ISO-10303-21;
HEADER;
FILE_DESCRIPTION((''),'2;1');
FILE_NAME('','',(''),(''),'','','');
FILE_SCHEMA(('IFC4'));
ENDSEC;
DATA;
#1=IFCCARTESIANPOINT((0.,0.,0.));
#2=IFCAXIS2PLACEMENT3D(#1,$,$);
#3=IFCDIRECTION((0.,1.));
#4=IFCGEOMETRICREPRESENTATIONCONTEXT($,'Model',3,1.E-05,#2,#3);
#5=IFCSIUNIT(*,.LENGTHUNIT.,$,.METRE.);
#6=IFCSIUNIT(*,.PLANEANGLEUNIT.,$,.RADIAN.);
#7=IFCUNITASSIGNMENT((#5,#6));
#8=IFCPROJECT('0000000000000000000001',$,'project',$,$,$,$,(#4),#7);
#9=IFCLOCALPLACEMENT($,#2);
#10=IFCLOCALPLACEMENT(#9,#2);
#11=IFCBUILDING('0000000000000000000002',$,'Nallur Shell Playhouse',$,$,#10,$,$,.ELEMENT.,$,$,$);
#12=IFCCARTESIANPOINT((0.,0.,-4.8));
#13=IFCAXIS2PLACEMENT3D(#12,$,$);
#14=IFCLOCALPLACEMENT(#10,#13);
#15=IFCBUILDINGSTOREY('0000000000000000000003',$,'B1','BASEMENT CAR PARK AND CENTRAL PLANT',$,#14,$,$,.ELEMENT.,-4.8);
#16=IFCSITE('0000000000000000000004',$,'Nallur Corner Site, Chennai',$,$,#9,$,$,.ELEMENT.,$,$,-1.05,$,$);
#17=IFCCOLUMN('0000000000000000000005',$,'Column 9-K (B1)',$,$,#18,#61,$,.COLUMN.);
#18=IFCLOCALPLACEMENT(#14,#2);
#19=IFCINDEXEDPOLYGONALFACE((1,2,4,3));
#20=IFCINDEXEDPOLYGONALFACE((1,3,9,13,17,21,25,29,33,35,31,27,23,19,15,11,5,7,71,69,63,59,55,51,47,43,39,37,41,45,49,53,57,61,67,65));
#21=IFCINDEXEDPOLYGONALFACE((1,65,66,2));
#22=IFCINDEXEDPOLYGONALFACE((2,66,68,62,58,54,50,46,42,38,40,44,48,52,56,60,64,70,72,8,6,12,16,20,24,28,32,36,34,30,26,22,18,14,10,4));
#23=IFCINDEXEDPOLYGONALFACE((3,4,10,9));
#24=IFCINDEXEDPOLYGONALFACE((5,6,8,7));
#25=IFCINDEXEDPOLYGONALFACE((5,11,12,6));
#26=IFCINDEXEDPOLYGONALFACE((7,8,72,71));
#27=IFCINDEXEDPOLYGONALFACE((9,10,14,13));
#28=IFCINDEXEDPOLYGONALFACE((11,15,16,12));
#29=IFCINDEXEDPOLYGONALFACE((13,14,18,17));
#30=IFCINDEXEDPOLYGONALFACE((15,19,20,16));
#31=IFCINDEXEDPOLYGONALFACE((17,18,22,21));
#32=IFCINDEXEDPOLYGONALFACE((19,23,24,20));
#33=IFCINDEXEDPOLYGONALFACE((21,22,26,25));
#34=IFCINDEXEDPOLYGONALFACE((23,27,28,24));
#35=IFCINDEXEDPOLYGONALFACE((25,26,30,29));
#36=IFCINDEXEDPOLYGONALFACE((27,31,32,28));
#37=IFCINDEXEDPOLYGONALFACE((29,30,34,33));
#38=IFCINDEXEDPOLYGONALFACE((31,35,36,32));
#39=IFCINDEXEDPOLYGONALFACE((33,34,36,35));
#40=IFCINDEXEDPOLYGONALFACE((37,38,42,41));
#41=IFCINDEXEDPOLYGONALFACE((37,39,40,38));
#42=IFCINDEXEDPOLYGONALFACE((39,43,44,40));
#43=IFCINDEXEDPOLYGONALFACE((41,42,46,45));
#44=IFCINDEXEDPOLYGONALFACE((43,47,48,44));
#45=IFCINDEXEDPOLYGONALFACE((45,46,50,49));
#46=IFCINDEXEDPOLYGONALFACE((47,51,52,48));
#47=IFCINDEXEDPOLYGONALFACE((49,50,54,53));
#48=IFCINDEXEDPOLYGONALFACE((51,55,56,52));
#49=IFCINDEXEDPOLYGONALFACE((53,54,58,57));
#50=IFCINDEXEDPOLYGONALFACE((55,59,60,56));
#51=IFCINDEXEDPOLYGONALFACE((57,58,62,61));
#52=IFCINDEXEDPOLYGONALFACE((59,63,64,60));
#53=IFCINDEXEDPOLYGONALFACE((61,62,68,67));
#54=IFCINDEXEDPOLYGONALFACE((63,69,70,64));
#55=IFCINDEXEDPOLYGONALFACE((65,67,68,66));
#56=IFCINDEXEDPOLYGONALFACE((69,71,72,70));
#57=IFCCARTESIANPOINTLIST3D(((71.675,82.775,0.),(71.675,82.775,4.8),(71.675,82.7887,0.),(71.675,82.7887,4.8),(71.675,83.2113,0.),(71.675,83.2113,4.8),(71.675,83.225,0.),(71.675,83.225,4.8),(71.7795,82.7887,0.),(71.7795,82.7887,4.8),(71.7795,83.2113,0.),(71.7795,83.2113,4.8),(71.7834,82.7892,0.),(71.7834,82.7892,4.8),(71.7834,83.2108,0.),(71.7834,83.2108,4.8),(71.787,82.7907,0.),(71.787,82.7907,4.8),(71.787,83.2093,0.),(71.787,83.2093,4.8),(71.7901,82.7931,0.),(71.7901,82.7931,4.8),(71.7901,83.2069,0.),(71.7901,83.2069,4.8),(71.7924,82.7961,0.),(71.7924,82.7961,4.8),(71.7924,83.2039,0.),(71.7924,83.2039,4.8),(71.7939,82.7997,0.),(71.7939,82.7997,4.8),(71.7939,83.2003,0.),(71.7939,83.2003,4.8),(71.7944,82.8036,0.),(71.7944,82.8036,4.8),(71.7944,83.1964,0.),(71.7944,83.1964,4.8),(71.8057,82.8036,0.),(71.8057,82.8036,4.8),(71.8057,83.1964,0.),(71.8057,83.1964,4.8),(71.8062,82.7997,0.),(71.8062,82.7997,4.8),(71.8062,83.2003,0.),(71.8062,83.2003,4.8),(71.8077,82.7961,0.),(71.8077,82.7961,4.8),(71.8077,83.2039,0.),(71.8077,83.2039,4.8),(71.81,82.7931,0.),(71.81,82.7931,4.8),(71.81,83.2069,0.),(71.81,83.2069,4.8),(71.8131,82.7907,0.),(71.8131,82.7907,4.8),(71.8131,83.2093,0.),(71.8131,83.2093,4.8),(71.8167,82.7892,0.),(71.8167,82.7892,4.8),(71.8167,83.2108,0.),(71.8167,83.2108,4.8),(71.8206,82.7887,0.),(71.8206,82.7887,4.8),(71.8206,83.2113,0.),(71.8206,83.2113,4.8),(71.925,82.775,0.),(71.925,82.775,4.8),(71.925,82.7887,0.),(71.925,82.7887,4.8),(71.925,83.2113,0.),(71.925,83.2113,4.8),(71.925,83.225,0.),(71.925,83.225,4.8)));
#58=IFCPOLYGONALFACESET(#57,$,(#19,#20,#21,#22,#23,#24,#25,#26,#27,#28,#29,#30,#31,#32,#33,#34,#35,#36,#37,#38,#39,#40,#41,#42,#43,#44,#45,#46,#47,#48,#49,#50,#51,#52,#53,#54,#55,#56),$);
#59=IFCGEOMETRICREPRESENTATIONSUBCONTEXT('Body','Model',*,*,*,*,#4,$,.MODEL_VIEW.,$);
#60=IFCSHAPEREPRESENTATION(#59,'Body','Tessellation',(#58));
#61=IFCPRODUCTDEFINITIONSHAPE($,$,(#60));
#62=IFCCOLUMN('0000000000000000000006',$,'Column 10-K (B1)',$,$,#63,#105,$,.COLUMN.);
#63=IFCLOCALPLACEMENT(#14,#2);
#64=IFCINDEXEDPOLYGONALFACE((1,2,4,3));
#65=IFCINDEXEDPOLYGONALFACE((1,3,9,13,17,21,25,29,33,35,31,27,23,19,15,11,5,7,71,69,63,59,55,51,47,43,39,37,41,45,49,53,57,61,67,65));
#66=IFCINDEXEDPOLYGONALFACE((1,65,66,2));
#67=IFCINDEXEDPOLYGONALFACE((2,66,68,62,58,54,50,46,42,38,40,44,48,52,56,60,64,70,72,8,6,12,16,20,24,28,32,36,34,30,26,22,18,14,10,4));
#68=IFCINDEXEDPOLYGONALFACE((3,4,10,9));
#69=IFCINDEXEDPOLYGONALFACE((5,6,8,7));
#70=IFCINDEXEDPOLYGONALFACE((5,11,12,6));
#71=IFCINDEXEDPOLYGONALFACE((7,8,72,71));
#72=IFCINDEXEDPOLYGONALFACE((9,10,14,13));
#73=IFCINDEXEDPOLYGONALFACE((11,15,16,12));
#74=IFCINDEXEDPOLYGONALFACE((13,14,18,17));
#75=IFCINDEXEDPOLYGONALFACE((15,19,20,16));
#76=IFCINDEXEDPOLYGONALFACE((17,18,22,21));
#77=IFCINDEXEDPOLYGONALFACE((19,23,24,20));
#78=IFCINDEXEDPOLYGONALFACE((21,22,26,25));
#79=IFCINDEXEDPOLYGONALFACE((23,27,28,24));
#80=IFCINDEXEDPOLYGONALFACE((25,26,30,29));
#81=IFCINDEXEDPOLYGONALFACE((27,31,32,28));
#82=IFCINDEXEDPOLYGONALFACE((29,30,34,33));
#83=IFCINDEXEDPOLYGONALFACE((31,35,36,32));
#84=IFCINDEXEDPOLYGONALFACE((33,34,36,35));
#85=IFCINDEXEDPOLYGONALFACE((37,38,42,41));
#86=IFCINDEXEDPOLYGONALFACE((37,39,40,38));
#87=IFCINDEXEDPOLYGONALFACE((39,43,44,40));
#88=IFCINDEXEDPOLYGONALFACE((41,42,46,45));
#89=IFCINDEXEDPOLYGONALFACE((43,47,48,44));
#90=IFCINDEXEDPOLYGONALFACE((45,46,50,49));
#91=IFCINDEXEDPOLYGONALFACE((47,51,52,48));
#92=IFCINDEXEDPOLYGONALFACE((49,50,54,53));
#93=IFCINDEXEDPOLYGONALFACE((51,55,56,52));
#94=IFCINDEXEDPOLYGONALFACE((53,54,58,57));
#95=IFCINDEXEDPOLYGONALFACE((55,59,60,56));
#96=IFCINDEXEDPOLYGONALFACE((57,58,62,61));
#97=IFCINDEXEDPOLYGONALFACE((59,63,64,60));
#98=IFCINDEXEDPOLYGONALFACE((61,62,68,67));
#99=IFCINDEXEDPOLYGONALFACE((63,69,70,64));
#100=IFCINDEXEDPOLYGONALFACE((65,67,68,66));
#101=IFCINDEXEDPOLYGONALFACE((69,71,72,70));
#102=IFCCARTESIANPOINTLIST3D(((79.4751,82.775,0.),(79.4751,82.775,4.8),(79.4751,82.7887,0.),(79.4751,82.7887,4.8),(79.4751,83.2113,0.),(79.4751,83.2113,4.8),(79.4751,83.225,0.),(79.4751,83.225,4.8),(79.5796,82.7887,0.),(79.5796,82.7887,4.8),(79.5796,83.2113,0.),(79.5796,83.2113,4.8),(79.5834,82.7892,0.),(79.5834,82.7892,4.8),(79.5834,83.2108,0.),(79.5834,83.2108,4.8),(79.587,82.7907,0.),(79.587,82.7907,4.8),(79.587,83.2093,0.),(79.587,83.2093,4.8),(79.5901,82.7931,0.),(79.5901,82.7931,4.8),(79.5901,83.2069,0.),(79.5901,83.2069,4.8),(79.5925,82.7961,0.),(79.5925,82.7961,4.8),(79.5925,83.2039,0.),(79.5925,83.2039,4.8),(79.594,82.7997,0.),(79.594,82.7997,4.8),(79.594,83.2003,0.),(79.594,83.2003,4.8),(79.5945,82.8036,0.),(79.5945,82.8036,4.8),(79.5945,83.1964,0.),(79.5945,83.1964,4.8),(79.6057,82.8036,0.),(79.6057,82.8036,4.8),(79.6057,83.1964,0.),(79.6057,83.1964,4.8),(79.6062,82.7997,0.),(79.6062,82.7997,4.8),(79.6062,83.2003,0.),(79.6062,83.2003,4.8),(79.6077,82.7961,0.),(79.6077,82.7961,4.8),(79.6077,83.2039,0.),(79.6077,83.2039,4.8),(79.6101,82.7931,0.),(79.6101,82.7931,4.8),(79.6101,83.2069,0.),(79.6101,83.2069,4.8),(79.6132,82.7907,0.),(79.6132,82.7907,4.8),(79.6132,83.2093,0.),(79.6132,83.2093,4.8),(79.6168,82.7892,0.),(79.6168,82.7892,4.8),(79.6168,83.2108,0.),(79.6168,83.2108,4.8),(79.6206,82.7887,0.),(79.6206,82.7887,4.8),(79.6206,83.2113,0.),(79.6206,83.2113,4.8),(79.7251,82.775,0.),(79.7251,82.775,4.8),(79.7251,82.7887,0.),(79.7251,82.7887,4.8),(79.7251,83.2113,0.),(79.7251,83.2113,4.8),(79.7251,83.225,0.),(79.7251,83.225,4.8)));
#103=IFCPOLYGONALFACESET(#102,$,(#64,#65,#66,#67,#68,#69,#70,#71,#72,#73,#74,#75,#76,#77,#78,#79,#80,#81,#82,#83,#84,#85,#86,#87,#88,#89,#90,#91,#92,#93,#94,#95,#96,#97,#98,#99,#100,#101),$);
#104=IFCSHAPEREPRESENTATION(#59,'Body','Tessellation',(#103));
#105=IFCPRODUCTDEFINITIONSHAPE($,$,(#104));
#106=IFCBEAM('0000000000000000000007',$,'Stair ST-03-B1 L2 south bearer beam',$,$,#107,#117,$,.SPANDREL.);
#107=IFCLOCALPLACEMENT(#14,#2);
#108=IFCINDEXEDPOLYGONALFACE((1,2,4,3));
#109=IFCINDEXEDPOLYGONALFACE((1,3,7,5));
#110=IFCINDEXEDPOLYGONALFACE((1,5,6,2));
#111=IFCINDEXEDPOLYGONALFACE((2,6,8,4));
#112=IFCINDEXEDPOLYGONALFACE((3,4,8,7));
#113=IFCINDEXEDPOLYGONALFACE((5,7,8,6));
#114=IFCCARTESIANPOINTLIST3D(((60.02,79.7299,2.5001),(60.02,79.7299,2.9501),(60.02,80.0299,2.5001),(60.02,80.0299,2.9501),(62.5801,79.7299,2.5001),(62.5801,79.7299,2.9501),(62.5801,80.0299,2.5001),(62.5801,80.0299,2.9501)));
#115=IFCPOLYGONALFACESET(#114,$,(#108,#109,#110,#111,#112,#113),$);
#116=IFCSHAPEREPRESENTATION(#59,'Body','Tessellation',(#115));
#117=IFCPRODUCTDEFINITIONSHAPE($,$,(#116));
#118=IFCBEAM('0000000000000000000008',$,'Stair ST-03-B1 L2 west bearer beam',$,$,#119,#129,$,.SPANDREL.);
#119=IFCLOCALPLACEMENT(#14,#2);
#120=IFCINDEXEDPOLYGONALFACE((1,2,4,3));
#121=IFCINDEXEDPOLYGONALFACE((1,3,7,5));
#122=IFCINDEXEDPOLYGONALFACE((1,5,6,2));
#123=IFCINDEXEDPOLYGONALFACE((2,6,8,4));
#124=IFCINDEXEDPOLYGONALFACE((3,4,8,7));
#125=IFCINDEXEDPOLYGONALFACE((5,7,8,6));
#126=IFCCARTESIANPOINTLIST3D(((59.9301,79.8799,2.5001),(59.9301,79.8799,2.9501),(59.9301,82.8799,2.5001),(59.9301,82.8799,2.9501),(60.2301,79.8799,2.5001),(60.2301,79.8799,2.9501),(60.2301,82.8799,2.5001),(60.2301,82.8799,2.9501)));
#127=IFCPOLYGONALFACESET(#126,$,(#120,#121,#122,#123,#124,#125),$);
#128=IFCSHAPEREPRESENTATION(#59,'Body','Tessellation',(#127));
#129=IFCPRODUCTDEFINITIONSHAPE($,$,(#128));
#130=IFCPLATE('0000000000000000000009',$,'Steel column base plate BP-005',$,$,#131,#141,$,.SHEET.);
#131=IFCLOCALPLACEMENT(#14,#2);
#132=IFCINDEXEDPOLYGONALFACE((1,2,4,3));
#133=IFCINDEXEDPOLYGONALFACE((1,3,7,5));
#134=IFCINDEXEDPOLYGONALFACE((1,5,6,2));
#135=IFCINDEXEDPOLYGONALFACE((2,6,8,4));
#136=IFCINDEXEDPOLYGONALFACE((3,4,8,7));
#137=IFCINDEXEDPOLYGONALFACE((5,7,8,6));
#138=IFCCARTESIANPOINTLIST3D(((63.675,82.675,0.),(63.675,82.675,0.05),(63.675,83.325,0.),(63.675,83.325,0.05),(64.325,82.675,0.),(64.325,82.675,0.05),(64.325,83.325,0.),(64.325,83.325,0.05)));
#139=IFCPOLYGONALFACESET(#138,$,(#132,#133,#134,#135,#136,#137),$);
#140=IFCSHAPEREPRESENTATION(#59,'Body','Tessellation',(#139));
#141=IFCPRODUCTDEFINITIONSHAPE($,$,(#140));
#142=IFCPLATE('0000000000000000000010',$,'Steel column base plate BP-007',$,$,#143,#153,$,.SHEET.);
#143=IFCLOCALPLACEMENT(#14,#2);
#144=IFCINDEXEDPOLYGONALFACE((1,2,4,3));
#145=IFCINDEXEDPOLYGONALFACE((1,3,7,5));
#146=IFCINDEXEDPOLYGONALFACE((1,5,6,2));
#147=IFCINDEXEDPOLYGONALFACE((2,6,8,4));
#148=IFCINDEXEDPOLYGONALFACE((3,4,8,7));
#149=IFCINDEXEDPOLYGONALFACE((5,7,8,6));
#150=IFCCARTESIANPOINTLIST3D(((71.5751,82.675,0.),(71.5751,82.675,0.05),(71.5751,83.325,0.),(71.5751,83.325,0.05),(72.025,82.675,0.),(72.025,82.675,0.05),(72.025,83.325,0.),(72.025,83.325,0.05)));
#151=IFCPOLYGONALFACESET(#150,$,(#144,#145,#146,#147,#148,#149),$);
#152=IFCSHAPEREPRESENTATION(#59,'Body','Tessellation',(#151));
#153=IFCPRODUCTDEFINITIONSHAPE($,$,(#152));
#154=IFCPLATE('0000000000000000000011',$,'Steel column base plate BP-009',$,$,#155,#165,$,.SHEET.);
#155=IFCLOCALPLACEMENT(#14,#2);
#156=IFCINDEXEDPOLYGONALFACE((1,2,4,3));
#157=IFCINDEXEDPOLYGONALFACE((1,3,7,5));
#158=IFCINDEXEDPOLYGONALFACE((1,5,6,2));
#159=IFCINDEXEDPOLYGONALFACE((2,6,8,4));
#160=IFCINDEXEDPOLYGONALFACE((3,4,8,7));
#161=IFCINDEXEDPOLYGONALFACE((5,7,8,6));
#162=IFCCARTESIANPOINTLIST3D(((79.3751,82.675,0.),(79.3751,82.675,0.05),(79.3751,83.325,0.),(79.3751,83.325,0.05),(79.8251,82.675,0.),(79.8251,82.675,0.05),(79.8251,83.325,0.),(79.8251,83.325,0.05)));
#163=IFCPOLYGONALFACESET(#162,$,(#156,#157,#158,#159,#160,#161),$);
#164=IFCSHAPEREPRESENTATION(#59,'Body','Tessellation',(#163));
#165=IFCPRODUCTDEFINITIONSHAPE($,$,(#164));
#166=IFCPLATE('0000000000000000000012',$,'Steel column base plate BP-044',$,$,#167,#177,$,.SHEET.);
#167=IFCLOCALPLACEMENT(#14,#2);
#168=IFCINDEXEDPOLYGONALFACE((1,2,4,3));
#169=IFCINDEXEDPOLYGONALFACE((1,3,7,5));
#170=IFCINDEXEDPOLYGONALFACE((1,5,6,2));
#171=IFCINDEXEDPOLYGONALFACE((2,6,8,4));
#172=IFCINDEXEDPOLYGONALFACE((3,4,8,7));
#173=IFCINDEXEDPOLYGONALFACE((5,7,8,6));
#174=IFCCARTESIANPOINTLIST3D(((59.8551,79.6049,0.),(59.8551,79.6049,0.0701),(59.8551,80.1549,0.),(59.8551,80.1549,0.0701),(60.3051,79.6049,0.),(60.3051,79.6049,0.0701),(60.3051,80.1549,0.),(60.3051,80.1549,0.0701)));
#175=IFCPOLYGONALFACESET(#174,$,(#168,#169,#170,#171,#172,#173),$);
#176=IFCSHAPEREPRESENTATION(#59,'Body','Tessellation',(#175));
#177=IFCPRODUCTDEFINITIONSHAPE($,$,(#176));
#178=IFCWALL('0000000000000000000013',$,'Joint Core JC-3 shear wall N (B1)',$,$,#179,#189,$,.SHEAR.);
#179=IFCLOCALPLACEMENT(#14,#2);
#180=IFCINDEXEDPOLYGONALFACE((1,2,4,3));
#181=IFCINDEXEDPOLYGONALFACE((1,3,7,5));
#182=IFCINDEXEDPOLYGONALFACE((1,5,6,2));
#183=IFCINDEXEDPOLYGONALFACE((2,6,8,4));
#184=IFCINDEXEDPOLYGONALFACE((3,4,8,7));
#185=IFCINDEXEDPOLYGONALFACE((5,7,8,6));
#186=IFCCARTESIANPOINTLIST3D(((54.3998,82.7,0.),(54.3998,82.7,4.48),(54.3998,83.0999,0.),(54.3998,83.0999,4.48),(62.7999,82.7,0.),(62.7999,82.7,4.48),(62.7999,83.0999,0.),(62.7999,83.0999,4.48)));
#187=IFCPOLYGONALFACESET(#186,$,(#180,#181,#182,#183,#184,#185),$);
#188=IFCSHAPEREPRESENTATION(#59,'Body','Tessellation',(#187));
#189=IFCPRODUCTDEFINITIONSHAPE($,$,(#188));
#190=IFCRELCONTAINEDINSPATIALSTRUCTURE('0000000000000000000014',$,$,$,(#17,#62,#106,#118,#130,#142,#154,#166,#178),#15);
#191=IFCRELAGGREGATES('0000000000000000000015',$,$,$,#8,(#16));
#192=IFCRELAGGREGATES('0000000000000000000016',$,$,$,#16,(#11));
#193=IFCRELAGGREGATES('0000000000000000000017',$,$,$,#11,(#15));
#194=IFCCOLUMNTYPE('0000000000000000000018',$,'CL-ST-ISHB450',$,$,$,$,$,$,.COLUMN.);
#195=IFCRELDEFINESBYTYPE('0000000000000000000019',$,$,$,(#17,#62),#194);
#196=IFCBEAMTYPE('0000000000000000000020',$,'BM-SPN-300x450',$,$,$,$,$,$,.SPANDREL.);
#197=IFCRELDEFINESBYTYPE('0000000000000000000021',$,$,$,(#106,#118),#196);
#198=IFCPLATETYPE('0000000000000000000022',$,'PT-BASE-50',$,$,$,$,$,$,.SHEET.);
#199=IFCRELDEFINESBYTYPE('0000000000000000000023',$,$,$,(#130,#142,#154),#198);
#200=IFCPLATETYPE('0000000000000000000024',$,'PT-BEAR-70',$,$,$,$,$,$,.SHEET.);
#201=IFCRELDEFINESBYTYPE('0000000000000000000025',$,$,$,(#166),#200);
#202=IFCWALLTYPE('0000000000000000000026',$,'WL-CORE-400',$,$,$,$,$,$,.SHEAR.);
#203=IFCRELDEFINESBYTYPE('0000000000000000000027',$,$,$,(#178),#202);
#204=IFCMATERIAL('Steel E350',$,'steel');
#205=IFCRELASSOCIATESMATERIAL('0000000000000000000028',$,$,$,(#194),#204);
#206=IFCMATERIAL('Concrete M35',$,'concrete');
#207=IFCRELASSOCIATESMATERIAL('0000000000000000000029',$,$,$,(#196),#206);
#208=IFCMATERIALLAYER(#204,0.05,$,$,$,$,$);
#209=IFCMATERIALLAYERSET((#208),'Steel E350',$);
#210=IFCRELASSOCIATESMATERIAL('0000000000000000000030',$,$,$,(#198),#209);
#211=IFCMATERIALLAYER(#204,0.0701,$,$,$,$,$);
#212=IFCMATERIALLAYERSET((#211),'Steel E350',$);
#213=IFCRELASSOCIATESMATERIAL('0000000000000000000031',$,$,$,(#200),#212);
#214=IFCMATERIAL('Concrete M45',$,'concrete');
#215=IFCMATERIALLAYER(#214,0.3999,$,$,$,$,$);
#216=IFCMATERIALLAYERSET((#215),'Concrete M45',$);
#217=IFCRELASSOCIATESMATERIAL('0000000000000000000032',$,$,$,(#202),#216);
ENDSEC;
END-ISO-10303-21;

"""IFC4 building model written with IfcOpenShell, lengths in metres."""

from ifc_helpers import new_model, si_unit, direction, frame, frame_2d, origin, origin_2d, place, context, subcontext, project, spatial, rectangle, i_section, extrude, material, layer, layer_set, material_profile, profile_set, type_object, element, save


model = new_model("IFC4")

# Units and contexts
model_context = context("Model", 3, precision=1e-05, world=origin(), true_north=direction((0.0, 1.0)))
body_context = subcontext(model_context, "Body", "Model", "MODEL_VIEW")
ifc_project = project(units=[si_unit("LENGTHUNIT", "METRE"), si_unit("PLANEANGLEUNIT", "RADIAN")], contexts=[model_context])

# Site, building, storey
site_placement = place(None, origin())
site = spatial("IfcSite", under=ifc_project, at=site_placement, Name="Nallur Corner Site, Chennai", CompositionType="ELEMENT", RefElevation=-1.05)
building_placement = place(site_placement, origin())
building = spatial("IfcBuilding", under=site, at=building_placement, Name="Nallur Shell Playhouse", CompositionType="ELEMENT")
storey_placement = place(building_placement, frame((0.0, 0.0, -4.8)))
storey = spatial("IfcBuildingStorey", under=building, at=storey_placement, Name="B1", Description="BASEMENT CAR PARK AND CENTRAL PLANT", CompositionType="ELEMENT", Elevation=-4.8)

# Shared definitions
ifc_material_1 = material(Name="Concrete M35", Category="concrete")

# Columns
ifc_material_2 = material(Name="Steel E350", Category="steel")
ifc_material_profile_1 = material_profile(ifc_material_2, i_section(OverallWidth=0.25, OverallDepth=0.45, WebThickness=0.0112, FlangeThickness=0.0137, FilletRadius=0.0149, at=origin_2d()), Name="ISHB 450")
ifc_profile_set_1 = profile_set([ifc_material_profile_1], Name="Steel E350")
column_type_1 = type_object("IfcColumnType", Name="CL-ST-ISHB450", PredefinedType="COLUMN", material=ifc_profile_set_1)
for number, where, z_axis, x_axis, name in (
    (1, (71.8, 83.0, 0.0), (0.0, 0.0, 1.0), (1.0, 0.0, 0.0), "Column 9-K (B1)"),
    (2, (79.6001, 83.0, 0.0), (0.0, 0.0, 1.0), (1.0, 0.0, 0.0), "Column 10-K (B1)"),
):
    element("IfcColumn", number, at=place(storey_placement, frame(where, z_axis=z_axis, x_axis=x_axis)), inside=storey, type_object=column_type_1, Name=name, PredefinedType="COLUMN", context=body_context, shape_type="SweptSolid", body=[
        extrude(i_section(OverallWidth=0.25, OverallDepth=0.45, WebThickness=0.0112, FlangeThickness=0.0137, FilletRadius=0.0149, at=origin_2d()), origin(), (0.0, 0.0, 1.0), 4.8),
    ])

# Beams
ifc_material_profile_2 = material_profile(ifc_material_1, rectangle(XDim=0.3, YDim=0.45, at=origin_2d()), Name="RC 300x450")
ifc_profile_set_2 = profile_set([ifc_material_profile_2], Name="Concrete M35")
beam_type = type_object("IfcBeamType", Name="BM-SPN-300x450", PredefinedType="SPANDREL", material=ifc_profile_set_2)
beam_1_placement = place(storey_placement, frame((60.02, 79.8799, 2.7251), z_axis=(1.0, 0.0, 0.0), x_axis=(0.0, 1.0, 0.0)))
element("IfcBeam", 3, at=beam_1_placement, inside=storey, type_object=beam_type, Name="Stair ST-03-B1 L2 south bearer beam", PredefinedType="SPANDREL", context=body_context, shape_type="SweptSolid", body=[
    extrude(rectangle(XDim=0.3, YDim=0.45, at=origin_2d()), origin(), (0.0, 0.0, 1.0), 2.5601),
])
beam_2_placement = place(storey_placement, frame((60.0801, 79.8799, 2.7251), z_axis=(0.0, 1.0, 0.0), x_axis=(-1.0, 0.0, 0.0)))
element("IfcBeam", 4, at=beam_2_placement, inside=storey, type_object=beam_type, Name="Stair ST-03-B1 L2 west bearer beam", PredefinedType="SPANDREL", context=body_context, shape_type="SweptSolid", body=[
    extrude(rectangle(XDim=0.3, YDim=0.45, at=origin_2d()), origin(), (0.0, 0.0, 1.0), 3.0),
])

# Plates
ifc_layer_1 = layer(ifc_material_2, 0.05)
ifc_layer_set_1 = layer_set([ifc_layer_1], Name="Steel E350")
plate_type_1 = type_object("IfcPlateType", Name="PT-BASE-50", PredefinedType="SHEET", material=ifc_layer_set_1)
plate_1_placement = place(storey_placement, frame((64.0, 83.0, 0.0), z_axis=(0.0, 0.0, 1.0), x_axis=(1.0, 0.0, 0.0)))
element("IfcPlate", 5, at=plate_1_placement, inside=storey, type_object=plate_type_1, Name="Steel column base plate BP-005", PredefinedType="SHEET", context=body_context, shape_type="SweptSolid", body=[
    extrude(rectangle(XDim=0.6499, YDim=0.6499, at=origin_2d()), origin(), (0.0, 0.0, 1.0), 0.05),
])
for number, where, z_axis, x_axis, name in (
    (6, (71.8, 83.0, 0.0), (0.0, 0.0, 1.0), (1.0, 0.0, 0.0), "Steel column base plate BP-007"),
    (7, (79.6001, 83.0, 0.0), (0.0, 0.0, 1.0), (1.0, 0.0, 0.0), "Steel column base plate BP-009"),
):
    element("IfcPlate", number, at=place(storey_placement, frame(where, z_axis=z_axis, x_axis=x_axis)), inside=storey, type_object=plate_type_1, Name=name, PredefinedType="SHEET", context=body_context, shape_type="SweptSolid", body=[
        extrude(rectangle(XDim=0.45, YDim=0.6499, at=origin_2d()), origin(), (0.0, 0.0, 1.0), 0.05),
    ])
ifc_layer_2 = layer(ifc_material_2, 0.0701)
ifc_layer_set_2 = layer_set([ifc_layer_2], Name="Steel E350")
plate_type_2 = type_object("IfcPlateType", Name="PT-BEAR-70", PredefinedType="SHEET", material=ifc_layer_set_2)
plate_2_placement = place(storey_placement, frame((60.0801, 79.8799, 0.0), z_axis=(0.0, 0.0, 1.0), x_axis=(1.0, 0.0, 0.0)))
element("IfcPlate", 8, at=plate_2_placement, inside=storey, type_object=plate_type_2, Name="Steel column base plate BP-044", PredefinedType="SHEET", context=body_context, shape_type="SweptSolid", body=[
    extrude(rectangle(XDim=0.45, YDim=0.55, at=origin_2d()), origin(), (0.0, 0.0, 1.0), 0.0701),
])

# Wall
ifc_material_3 = material(Name="Concrete M45", Category="concrete")
ifc_layer_3 = layer(ifc_material_3, 0.3999)
ifc_layer_set_3 = layer_set([ifc_layer_3], Name="Concrete M45")
wall_type_1 = type_object("IfcWallType", Name="WL-CORE-400", PredefinedType="SHEAR", material=ifc_layer_set_3)
wall_1_placement = place(storey_placement, frame((62.8, 82.8999, 0.0), z_axis=(0.0, 0.0, 1.0), x_axis=(-1.0, 0.0, 0.0)))
element("IfcWall", 9, at=wall_1_placement, inside=storey, type_object=wall_type_1, Name="Joint Core JC-3 shear wall N (B1)", PredefinedType="SHEAR", context=body_context, shape_type="SweptSolid", body=[
    extrude(rectangle(XDim=8.4001, YDim=0.3999, at=frame_2d((4.2002, 0.0))), origin(), (0.0, 0.0, 1.0), 4.48),
])

save(model, "model.ifc")
